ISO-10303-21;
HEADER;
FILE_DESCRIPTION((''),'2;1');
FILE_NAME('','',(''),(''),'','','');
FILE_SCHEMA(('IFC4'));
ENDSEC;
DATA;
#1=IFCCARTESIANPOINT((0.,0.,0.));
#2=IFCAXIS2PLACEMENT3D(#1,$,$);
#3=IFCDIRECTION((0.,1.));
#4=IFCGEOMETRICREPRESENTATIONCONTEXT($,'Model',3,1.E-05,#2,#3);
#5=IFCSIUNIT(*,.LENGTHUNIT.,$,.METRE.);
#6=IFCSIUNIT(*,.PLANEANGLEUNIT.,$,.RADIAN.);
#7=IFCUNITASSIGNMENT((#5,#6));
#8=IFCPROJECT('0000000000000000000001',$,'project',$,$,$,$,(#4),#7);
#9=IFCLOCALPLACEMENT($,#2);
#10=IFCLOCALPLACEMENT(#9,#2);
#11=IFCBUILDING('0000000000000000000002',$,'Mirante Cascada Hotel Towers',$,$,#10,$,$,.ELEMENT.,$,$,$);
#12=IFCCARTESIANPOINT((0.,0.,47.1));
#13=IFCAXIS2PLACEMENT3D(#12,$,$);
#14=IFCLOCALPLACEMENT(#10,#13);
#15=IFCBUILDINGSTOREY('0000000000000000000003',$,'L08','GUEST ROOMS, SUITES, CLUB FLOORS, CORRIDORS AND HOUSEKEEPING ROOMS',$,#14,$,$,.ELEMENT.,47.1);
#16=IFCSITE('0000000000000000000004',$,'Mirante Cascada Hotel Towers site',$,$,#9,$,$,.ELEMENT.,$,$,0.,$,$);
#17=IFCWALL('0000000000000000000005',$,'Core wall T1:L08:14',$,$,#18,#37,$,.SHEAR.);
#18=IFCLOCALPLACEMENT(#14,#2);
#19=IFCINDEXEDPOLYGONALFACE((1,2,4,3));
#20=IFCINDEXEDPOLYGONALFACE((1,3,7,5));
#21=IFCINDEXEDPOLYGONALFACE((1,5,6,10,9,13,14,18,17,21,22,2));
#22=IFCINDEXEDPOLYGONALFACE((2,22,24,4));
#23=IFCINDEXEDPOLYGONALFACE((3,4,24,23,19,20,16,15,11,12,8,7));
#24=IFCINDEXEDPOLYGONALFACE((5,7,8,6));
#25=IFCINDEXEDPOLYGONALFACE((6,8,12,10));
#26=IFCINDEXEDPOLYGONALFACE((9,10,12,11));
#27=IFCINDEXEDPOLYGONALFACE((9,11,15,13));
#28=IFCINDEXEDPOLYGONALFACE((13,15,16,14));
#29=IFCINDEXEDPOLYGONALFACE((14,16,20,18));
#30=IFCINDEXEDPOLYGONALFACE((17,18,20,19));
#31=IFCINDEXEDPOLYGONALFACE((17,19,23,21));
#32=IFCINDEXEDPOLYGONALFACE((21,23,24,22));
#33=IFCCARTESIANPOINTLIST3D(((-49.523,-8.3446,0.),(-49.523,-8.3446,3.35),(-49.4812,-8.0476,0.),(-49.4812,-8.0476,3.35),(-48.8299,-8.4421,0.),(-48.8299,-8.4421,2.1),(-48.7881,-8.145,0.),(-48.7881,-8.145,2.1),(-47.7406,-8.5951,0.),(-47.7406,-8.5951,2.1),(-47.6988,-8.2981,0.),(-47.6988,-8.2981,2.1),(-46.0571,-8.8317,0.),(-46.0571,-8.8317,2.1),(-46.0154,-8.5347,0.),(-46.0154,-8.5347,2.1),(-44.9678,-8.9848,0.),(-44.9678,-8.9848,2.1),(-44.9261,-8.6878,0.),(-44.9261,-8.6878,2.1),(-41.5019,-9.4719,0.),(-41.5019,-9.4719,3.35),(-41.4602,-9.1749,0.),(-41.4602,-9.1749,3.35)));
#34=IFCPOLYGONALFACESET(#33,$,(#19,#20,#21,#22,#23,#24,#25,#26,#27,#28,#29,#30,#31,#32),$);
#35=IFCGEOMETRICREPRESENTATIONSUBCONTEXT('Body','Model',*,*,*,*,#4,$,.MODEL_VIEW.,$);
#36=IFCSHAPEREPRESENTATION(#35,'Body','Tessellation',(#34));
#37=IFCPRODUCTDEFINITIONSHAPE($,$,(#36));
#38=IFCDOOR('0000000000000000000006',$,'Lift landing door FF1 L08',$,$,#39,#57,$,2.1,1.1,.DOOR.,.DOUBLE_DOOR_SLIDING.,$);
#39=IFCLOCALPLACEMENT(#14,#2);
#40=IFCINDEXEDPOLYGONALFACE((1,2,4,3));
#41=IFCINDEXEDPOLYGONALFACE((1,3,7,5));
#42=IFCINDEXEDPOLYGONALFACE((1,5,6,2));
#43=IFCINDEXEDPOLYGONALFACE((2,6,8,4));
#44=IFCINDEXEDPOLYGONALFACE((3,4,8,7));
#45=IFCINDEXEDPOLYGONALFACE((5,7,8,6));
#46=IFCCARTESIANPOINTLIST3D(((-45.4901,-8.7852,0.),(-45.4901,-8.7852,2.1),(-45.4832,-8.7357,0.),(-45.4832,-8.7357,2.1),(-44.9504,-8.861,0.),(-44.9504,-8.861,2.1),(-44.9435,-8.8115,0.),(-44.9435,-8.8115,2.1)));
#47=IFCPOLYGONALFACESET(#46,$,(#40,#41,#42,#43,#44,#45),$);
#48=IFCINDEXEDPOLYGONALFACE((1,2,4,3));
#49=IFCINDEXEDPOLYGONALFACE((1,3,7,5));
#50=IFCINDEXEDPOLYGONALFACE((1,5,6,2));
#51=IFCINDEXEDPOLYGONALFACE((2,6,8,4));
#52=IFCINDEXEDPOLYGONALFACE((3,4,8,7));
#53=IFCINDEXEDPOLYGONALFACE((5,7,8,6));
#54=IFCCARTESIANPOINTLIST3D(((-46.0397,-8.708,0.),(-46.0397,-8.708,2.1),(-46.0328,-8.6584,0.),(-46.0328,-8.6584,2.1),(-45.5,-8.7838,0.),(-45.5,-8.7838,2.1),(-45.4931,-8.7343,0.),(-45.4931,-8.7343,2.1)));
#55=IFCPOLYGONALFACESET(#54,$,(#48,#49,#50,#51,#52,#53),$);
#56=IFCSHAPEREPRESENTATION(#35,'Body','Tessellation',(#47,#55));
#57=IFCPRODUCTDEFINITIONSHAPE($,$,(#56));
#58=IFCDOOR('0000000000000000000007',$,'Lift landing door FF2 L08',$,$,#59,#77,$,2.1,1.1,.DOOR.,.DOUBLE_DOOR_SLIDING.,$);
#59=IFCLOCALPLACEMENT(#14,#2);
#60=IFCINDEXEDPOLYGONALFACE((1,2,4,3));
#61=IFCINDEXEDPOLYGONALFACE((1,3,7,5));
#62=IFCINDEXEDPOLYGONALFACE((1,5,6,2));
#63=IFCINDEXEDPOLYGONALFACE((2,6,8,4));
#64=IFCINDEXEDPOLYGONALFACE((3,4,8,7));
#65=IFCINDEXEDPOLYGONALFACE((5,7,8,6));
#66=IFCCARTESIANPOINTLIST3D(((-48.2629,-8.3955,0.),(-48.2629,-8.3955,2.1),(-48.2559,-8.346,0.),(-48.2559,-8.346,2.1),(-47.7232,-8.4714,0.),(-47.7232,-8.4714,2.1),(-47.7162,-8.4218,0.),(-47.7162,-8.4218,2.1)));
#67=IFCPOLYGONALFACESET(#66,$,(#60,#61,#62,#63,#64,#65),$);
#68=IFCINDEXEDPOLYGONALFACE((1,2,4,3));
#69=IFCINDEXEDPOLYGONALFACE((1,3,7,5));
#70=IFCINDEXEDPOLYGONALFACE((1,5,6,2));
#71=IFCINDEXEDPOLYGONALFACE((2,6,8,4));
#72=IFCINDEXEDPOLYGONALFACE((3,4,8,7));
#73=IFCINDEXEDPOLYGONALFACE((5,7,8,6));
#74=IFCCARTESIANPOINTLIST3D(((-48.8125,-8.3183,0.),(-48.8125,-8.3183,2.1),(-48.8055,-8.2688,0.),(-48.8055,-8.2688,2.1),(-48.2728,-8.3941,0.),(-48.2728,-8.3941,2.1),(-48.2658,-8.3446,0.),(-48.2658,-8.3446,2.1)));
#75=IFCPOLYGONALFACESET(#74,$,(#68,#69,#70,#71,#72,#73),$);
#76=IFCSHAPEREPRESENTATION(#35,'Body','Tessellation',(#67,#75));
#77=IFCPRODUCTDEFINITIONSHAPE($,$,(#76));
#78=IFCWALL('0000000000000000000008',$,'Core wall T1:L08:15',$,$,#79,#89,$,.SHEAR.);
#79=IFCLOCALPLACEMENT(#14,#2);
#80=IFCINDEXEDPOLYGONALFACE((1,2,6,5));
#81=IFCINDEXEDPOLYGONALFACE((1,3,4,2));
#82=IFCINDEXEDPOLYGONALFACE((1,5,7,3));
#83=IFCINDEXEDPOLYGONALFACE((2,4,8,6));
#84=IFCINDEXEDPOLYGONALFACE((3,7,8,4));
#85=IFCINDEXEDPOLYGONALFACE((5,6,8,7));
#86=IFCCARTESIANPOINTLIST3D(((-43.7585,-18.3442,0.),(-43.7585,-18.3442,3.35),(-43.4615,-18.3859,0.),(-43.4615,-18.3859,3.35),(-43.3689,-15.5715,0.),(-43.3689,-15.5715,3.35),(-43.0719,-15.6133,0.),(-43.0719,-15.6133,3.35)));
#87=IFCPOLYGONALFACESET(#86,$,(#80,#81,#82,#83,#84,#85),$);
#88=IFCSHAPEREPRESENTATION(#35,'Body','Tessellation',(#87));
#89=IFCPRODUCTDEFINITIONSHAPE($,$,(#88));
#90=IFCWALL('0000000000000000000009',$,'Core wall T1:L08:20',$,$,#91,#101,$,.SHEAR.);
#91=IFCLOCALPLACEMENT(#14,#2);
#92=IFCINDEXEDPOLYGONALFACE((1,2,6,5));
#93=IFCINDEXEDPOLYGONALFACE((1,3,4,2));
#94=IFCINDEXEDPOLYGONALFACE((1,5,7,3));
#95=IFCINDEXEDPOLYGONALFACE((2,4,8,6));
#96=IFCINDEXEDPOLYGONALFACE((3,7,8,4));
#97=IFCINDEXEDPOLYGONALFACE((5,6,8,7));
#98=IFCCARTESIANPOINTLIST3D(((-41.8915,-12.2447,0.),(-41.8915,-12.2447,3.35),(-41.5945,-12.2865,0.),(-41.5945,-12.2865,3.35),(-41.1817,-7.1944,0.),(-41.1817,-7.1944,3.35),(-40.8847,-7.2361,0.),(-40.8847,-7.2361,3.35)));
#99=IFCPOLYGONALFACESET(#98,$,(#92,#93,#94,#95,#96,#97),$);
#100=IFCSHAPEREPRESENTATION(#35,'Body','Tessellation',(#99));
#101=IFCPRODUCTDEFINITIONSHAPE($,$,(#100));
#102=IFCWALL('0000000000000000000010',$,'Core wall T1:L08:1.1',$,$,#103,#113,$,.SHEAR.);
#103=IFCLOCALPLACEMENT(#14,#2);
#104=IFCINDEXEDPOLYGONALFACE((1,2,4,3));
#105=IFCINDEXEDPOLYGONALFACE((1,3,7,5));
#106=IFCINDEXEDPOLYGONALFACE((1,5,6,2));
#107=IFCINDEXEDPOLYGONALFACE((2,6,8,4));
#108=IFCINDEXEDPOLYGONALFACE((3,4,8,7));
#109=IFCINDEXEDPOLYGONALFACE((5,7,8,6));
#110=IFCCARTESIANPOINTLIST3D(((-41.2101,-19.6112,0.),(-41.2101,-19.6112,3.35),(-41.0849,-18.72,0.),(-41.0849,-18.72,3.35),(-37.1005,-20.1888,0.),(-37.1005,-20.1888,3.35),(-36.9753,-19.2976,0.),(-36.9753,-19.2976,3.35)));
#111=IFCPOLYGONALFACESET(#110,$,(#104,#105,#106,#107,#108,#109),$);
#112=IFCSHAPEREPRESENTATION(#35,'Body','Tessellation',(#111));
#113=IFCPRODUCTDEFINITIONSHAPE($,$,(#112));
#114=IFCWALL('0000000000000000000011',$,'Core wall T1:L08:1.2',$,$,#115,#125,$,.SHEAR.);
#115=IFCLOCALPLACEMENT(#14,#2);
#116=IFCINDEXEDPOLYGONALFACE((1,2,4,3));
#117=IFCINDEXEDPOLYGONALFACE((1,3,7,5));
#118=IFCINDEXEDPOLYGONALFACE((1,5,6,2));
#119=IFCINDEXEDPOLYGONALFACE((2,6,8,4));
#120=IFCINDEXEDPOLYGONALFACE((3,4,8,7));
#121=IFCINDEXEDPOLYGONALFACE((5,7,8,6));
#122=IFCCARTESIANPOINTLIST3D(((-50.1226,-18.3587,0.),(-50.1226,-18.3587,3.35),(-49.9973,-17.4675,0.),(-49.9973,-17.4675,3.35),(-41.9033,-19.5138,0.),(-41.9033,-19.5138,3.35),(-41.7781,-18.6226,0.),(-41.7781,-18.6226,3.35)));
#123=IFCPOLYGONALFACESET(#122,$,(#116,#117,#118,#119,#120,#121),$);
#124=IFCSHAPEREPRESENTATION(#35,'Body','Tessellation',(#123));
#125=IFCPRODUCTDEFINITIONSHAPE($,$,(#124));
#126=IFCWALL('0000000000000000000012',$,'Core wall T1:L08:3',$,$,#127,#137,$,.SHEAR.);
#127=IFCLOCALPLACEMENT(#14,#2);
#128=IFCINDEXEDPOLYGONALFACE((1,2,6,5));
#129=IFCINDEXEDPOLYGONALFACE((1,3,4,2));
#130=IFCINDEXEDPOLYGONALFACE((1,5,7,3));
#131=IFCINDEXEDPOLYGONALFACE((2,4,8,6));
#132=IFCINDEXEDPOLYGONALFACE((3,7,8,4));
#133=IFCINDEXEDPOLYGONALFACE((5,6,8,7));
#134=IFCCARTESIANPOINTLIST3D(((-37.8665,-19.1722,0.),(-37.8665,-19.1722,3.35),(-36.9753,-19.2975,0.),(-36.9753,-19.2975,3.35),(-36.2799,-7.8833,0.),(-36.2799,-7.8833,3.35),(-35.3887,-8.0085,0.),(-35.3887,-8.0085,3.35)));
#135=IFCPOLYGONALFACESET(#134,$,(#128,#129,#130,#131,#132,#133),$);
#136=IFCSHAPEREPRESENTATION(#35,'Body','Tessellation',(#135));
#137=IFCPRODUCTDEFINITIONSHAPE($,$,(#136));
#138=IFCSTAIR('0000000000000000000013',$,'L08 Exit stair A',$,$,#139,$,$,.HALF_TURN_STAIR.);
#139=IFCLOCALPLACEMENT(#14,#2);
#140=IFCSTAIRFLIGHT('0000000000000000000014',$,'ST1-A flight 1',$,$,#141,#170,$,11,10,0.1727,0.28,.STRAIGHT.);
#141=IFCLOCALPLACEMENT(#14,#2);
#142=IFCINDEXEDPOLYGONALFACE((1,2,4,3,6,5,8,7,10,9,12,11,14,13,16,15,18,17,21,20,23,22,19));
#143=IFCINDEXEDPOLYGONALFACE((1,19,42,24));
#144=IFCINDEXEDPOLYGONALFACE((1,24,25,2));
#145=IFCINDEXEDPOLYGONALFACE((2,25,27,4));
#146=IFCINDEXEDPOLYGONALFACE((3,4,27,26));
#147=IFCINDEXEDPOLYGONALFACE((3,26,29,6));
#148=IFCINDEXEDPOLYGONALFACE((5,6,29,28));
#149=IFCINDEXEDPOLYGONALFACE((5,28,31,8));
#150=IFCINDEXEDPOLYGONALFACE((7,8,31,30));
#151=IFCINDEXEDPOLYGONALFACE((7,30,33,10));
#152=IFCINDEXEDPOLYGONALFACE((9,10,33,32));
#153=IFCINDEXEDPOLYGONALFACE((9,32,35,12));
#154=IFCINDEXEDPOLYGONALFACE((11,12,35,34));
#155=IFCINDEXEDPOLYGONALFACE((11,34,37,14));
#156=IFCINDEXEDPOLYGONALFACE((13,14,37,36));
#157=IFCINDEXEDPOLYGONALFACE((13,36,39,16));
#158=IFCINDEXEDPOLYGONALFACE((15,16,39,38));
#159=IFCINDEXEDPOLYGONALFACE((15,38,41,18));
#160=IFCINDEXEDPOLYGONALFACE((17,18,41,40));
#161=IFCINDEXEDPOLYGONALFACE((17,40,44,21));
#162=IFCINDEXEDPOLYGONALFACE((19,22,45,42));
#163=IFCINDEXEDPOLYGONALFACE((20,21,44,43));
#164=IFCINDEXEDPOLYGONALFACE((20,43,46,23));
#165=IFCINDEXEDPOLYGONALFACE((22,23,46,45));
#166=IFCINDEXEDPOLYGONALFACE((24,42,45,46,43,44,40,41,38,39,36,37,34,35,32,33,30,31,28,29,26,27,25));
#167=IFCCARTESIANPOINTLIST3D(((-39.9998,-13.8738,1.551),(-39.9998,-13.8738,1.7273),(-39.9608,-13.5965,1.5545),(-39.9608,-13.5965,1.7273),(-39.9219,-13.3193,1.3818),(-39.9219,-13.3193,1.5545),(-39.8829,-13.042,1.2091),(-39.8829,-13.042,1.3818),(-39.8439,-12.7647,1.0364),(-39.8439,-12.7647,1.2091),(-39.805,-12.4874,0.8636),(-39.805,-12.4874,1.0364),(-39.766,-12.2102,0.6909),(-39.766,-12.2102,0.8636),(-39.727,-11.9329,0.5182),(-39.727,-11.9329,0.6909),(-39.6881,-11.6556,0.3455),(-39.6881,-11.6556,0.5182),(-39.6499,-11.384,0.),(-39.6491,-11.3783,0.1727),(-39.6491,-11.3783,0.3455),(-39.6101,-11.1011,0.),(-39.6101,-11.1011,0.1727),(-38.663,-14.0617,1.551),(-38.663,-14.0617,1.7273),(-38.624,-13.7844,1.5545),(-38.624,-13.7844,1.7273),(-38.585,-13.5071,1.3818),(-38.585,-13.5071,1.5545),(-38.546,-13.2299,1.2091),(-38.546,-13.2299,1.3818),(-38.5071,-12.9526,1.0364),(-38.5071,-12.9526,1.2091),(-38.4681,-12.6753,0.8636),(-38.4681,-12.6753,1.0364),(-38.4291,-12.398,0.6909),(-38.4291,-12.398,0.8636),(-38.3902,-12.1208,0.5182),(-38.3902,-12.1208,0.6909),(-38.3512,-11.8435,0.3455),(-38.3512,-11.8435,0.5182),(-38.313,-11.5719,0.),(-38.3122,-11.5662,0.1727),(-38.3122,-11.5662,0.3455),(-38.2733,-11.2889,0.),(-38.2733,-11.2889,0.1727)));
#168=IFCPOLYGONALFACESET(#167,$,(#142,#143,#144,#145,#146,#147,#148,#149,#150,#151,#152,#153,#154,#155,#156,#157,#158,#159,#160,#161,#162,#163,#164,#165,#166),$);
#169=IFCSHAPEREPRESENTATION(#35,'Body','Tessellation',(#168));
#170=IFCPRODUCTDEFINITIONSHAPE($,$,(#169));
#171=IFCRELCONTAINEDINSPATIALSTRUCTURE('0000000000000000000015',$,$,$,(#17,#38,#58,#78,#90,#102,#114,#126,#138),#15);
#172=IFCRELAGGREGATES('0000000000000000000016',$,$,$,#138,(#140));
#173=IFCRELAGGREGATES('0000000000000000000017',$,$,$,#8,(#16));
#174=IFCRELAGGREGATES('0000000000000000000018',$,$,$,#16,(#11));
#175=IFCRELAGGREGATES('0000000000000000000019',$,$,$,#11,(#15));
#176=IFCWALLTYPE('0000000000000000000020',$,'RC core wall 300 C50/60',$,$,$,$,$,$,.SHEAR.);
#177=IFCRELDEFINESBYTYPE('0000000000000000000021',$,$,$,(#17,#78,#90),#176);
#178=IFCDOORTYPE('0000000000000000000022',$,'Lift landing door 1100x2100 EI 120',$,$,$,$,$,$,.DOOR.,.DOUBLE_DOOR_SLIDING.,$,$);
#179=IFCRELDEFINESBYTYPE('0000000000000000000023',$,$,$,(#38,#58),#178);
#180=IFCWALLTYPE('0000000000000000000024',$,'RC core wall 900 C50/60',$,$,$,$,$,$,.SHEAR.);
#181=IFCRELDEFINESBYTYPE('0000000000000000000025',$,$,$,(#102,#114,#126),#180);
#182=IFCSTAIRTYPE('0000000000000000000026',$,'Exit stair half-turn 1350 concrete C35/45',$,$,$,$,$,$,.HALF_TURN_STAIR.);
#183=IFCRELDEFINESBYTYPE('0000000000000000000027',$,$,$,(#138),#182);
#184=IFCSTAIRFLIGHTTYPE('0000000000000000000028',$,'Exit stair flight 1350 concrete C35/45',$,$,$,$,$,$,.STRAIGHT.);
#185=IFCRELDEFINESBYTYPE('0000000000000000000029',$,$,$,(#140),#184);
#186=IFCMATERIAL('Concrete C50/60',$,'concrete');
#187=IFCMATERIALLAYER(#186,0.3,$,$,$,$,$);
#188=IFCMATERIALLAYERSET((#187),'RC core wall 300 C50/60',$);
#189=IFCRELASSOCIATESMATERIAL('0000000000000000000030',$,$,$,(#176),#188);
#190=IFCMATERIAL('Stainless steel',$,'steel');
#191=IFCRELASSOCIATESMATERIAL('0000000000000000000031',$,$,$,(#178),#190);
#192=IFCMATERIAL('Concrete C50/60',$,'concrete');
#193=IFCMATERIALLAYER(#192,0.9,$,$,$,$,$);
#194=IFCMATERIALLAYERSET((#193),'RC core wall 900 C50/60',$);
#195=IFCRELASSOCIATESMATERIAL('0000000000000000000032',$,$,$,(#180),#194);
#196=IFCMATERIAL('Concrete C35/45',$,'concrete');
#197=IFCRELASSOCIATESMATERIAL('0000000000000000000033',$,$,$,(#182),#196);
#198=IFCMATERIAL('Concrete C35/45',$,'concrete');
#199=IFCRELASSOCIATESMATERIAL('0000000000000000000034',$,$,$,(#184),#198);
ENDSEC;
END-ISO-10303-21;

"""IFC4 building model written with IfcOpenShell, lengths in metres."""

from ifc_helpers import new_model, si_unit, direction, frame, frame_2d, origin, place, context, subcontext, project, spatial, polyline, rectangle, outline, extrude, material, layer, layer_set, type_object, element, fill, aggregate, save


model = new_model("IFC4")

# Units and contexts
model_context = context("Model", 3, precision=1e-05, world=origin(), true_north=direction((0.0, 1.0)))
body_context = subcontext(model_context, "Body", "Model", "MODEL_VIEW")
ifc_project = project(units=[si_unit("LENGTHUNIT", "METRE"), si_unit("PLANEANGLEUNIT", "RADIAN")], contexts=[model_context])

# Site, building, storey
site_placement = place(None, origin())
site = spatial("IfcSite", under=ifc_project, at=site_placement, Name="Mirante Cascada Hotel Towers site", CompositionType="ELEMENT", RefElevation=0.0)
building_placement = place(site_placement, origin())
building = spatial("IfcBuilding", under=site, at=building_placement, Name="Mirante Cascada Hotel Towers", CompositionType="ELEMENT")
storey_placement = place(building_placement, frame((0.0, 0.0, 47.1)))
storey = spatial("IfcBuildingStorey", under=building, at=storey_placement, Name="L08", Description="GUEST ROOMS, SUITES, CLUB FLOORS, CORRIDORS AND HOUSEKEEPING ROOMS", CompositionType="ELEMENT", Elevation=47.1)

# Shared definitions
ifc_material_1 = material(Name="Concrete C50/60", Category="concrete")
ifc_layer_1 = layer(ifc_material_1, 0.3)
ifc_layer_set_1 = layer_set([ifc_layer_1], Name="RC core wall 300 C50/60")
wall_type_1 = type_object("IfcWallType", Name="RC core wall 300 C50/60", PredefinedType="SHEAR", material=ifc_layer_set_1)

# Shared definitions
ifc_material_2 = material(Name="Stainless steel", Category="steel")
door_type_1 = type_object("IfcDoorType", Name="Lift landing door 1100x2100 EI 120", OperationType="DOUBLE_DOOR_SLIDING", PredefinedType="DOOR", material=ifc_material_2)

# Wall, openings, doors
wall_1_placement = place(storey_placement, frame((-41.481, -9.3234, 0.0), z_axis=(0.0, 0.0, 1.0), x_axis=(-0.990268, 0.139174, 0.0)))
wall_1 = element("IfcWall", 1, at=wall_1_placement, inside=storey, type_object=wall_type_1, Name="Core wall T1:L08:14", PredefinedType="SHEAR", context=body_context, shape_type="SweptSolid", body=[
    extrude(rectangle(XDim=8.0999, YDim=0.3, at=frame_2d((4.05, 0.0))), origin(), (0.0, 0.0, 1.0), 3.35),
])
opening_1_placement = place(wall_1_placement, frame((3.5, 0.0, 0.0)))
opening_1 = element("IfcOpeningElement", 2, at=opening_1_placement, cuts=wall_1, PredefinedType="OPENING", context=body_context, shape_type="SweptSolid", body=[
    extrude(rectangle(XDim=1.1, YDim=2.1, at=frame_2d((0.55, 1.05))), frame((0.0, 0.15, 0.0), z_axis=(0.0, -1.0, 0.0), x_axis=(1.0, 0.0, 0.0)), (0.0, 0.0, 1.0), 0.3),
])
opening_2_placement = place(wall_1_placement, frame((6.3, 0.0, 0.0)))
opening_2 = element("IfcOpeningElement", 3, at=opening_2_placement, cuts=wall_1, PredefinedType="OPENING", context=body_context, shape_type="SweptSolid", body=[
    extrude(rectangle(XDim=1.1, YDim=2.1, at=frame_2d((0.55, 1.05))), frame((0.0, 0.15, 0.0), z_axis=(0.0, -1.0, 0.0), x_axis=(1.0, 0.0, 0.0)), (0.0, 0.0, 1.0), 0.3),
])
door_1_placement = place(opening_1_placement, origin())
door_1 = element("IfcDoor", 4, at=door_1_placement, inside=storey, type_object=door_type_1, Name="Lift landing door FF1 L08", OperationType="DOUBLE_DOOR_SLIDING", OverallHeight=2.1, OverallWidth=1.1, PredefinedType="DOOR", context=body_context, shape_type="SweptSolid", body=[
    extrude(rectangle(XDim=0.545, YDim=2.1, at=frame_2d((0.2725, 1.05))), frame((0.0, 0.025, 0.0), z_axis=(0.0, -1.0, 0.0), x_axis=(1.0, 0.0, 0.0)), (0.0, 0.0, 1.0), 0.05),
    extrude(rectangle(XDim=0.545, YDim=2.1, at=frame_2d((0.8275, 1.05))), frame((0.0, 0.025, 0.0), z_axis=(0.0, -1.0, 0.0), x_axis=(1.0, 0.0, 0.0)), (0.0, 0.0, 1.0), 0.05),
])
fill(opening_1, door_1)
door_2_placement = place(opening_2_placement, origin())
door_2 = element("IfcDoor", 5, at=door_2_placement, inside=storey, type_object=door_type_1, Name="Lift landing door FF2 L08", OperationType="DOUBLE_DOOR_SLIDING", OverallHeight=2.1, OverallWidth=1.1, PredefinedType="DOOR", context=body_context, shape_type="SweptSolid", body=[
    extrude(rectangle(XDim=0.545, YDim=2.1, at=frame_2d((0.2725, 1.05))), frame((0.0, 0.025, 0.0), z_axis=(0.0, -1.0, 0.0), x_axis=(1.0, 0.0, 0.0)), (0.0, 0.0, 1.0), 0.05),
    extrude(rectangle(XDim=0.545, YDim=2.1, at=frame_2d((0.8275, 1.05))), frame((0.0, 0.025, 0.0), z_axis=(0.0, -1.0, 0.0), x_axis=(1.0, 0.0, 0.0)), (0.0, 0.0, 1.0), 0.05),
])
fill(opening_2, door_2)

# Walls
wall_2_placement = place(storey_placement, frame((-43.61, -18.3651, 0.0), z_axis=(0.0, 0.0, 1.0), x_axis=(0.139146, 0.990272, 0.0)))
element("IfcWall", 6, at=wall_2_placement, inside=storey, type_object=wall_type_1, Name="Core wall T1:L08:15", PredefinedType="SHEAR", context=body_context, shape_type="SweptSolid", body=[
    extrude(rectangle(XDim=2.7999, YDim=0.3, at=frame_2d((1.4, 0.0))), origin(), (0.0, 0.0, 1.0), 3.35),
])
wall_3_placement = place(storey_placement, frame((-41.743, -12.2656, 0.0), z_axis=(0.0, 0.0, 1.0), x_axis=(0.139176, 0.990268, 0.0)))
element("IfcWall", 7, at=wall_3_placement, inside=storey, type_object=wall_type_1, Name="Core wall T1:L08:20", PredefinedType="SHEAR", context=body_context, shape_type="SweptSolid", body=[
    extrude(rectangle(XDim=5.1, YDim=0.3, at=frame_2d((2.55, 0.0))), origin(), (0.0, 0.0, 1.0), 3.35),
])
ifc_material_3 = material(Name="Concrete C50/60", Category="concrete")
ifc_layer_2 = layer(ifc_material_3, 0.9)
ifc_layer_set_2 = layer_set([ifc_layer_2], Name="RC core wall 900 C50/60")
wall_type_2 = type_object("IfcWallType", Name="RC core wall 900 C50/60", PredefinedType="SHEAR", material=ifc_layer_set_2)
wall_4_placement = place(storey_placement, frame((-37.0379, -19.7432, 0.0), z_axis=(0.0, 0.0, 1.0), x_axis=(-0.990267, 0.139181, 0.0)))
element("IfcWall", 8, at=wall_4_placement, inside=storey, type_object=wall_type_2, Name="Core wall T1:L08:1.1", PredefinedType="SHEAR", context=body_context, shape_type="SweptSolid", body=[
    extrude(rectangle(XDim=4.15, YDim=0.9, at=frame_2d((2.075, 0.0))), origin(), (0.0, 0.0, 1.0), 3.35),
])
wall_5_placement = place(storey_placement, frame((-41.8407, -19.0682, 0.0), z_axis=(0.0, 0.0, 1.0), x_axis=(-0.990269, 0.139169, 0.0)))
element("IfcWall", 9, at=wall_5_placement, inside=storey, type_object=wall_type_2, Name="Core wall T1:L08:1.2", PredefinedType="SHEAR", context=body_context, shape_type="SweptSolid", body=[
    extrude(rectangle(XDim=8.3, YDim=0.9, at=frame_2d((4.15, 0.0))), origin(), (0.0, 0.0, 1.0), 3.35),
])
wall_6_placement = place(storey_placement, frame((-37.4209, -19.2349, 0.0), z_axis=(0.0, 0.0, 1.0), x_axis=(0.139176, 0.990268, 0.0)))
element("IfcWall", 10, at=wall_6_placement, inside=storey, type_object=wall_type_2, Name="Core wall T1:L08:3", PredefinedType="SHEAR", context=body_context, shape_type="SweptSolid", body=[
    extrude(rectangle(XDim=11.3999, YDim=0.9, at=frame_2d((5.7, 0.0))), origin(), (0.0, 0.0, 1.0), 3.35),
])

# Stair, stair flight
ifc_material_4 = material(Name="Concrete C35/45", Category="concrete")
stair_type = type_object("IfcStairType", Name="Exit stair half-turn 1350 concrete C35/45", PredefinedType="HALF_TURN_STAIR", material=ifc_material_4)
stair_placement = place(storey_placement, origin())
stair = element("IfcStair", 11, at=stair_placement, inside=storey, type_object=stair_type, Name="L08 Exit stair A", PredefinedType="HALF_TURN_STAIR")
ifc_material_5 = material(Name="Concrete C35/45", Category="concrete")
stair_flight_type = type_object("IfcStairFlightType", Name="Exit stair flight 1350 concrete C35/45", PredefinedType="STRAIGHT", material=ifc_material_5)
stair_flight_1_placement = place(storey_placement, frame((-38.9417, -11.195, 0.0), z_axis=(0.0, 0.0, 1.0), x_axis=(-0.139173, -0.990268, 0.0)))
stair_flight_1 = element("IfcStairFlight", 12, at=stair_flight_1_placement, type_object=stair_flight_type, Name="ST1-A flight 1", NumberOfRisers=11, NumberOfTreads=10, PredefinedType="STRAIGHT", RiserHeight=0.1727, TreadLength=0.28, context=body_context, shape_type="SweptSolid", body=[
    extrude(outline(polyline([(0.0, 0.0), (0.0, 0.1727), (0.28, 0.1727), (0.28, 0.3455), (0.56, 0.3455), (0.56, 0.5182), (0.84, 0.5182), (0.84, 0.6909), (1.12, 0.6909), (1.12, 0.8636), (1.4, 0.8636), (1.4, 1.0364), (1.68, 1.0364), (1.68, 1.2091), (1.96, 1.2091), (1.96, 1.3818), (2.24, 1.3818), (2.24, 1.5545), (2.52, 1.5545), (2.52, 1.7273), (2.8, 1.7273), (2.8, 1.9), (2.8, 1.551), (0.2857, 0.0), (0.0, 0.0)])), frame((0.0, 0.675, 0.0), z_axis=(0.0, -1.0, 0.0), x_axis=(1.0, 0.0, 0.0)), (0.0, 0.0, 1.0), 1.35),
])
aggregate(stair, [stair_flight_1])

save(model, "model.ifc")
